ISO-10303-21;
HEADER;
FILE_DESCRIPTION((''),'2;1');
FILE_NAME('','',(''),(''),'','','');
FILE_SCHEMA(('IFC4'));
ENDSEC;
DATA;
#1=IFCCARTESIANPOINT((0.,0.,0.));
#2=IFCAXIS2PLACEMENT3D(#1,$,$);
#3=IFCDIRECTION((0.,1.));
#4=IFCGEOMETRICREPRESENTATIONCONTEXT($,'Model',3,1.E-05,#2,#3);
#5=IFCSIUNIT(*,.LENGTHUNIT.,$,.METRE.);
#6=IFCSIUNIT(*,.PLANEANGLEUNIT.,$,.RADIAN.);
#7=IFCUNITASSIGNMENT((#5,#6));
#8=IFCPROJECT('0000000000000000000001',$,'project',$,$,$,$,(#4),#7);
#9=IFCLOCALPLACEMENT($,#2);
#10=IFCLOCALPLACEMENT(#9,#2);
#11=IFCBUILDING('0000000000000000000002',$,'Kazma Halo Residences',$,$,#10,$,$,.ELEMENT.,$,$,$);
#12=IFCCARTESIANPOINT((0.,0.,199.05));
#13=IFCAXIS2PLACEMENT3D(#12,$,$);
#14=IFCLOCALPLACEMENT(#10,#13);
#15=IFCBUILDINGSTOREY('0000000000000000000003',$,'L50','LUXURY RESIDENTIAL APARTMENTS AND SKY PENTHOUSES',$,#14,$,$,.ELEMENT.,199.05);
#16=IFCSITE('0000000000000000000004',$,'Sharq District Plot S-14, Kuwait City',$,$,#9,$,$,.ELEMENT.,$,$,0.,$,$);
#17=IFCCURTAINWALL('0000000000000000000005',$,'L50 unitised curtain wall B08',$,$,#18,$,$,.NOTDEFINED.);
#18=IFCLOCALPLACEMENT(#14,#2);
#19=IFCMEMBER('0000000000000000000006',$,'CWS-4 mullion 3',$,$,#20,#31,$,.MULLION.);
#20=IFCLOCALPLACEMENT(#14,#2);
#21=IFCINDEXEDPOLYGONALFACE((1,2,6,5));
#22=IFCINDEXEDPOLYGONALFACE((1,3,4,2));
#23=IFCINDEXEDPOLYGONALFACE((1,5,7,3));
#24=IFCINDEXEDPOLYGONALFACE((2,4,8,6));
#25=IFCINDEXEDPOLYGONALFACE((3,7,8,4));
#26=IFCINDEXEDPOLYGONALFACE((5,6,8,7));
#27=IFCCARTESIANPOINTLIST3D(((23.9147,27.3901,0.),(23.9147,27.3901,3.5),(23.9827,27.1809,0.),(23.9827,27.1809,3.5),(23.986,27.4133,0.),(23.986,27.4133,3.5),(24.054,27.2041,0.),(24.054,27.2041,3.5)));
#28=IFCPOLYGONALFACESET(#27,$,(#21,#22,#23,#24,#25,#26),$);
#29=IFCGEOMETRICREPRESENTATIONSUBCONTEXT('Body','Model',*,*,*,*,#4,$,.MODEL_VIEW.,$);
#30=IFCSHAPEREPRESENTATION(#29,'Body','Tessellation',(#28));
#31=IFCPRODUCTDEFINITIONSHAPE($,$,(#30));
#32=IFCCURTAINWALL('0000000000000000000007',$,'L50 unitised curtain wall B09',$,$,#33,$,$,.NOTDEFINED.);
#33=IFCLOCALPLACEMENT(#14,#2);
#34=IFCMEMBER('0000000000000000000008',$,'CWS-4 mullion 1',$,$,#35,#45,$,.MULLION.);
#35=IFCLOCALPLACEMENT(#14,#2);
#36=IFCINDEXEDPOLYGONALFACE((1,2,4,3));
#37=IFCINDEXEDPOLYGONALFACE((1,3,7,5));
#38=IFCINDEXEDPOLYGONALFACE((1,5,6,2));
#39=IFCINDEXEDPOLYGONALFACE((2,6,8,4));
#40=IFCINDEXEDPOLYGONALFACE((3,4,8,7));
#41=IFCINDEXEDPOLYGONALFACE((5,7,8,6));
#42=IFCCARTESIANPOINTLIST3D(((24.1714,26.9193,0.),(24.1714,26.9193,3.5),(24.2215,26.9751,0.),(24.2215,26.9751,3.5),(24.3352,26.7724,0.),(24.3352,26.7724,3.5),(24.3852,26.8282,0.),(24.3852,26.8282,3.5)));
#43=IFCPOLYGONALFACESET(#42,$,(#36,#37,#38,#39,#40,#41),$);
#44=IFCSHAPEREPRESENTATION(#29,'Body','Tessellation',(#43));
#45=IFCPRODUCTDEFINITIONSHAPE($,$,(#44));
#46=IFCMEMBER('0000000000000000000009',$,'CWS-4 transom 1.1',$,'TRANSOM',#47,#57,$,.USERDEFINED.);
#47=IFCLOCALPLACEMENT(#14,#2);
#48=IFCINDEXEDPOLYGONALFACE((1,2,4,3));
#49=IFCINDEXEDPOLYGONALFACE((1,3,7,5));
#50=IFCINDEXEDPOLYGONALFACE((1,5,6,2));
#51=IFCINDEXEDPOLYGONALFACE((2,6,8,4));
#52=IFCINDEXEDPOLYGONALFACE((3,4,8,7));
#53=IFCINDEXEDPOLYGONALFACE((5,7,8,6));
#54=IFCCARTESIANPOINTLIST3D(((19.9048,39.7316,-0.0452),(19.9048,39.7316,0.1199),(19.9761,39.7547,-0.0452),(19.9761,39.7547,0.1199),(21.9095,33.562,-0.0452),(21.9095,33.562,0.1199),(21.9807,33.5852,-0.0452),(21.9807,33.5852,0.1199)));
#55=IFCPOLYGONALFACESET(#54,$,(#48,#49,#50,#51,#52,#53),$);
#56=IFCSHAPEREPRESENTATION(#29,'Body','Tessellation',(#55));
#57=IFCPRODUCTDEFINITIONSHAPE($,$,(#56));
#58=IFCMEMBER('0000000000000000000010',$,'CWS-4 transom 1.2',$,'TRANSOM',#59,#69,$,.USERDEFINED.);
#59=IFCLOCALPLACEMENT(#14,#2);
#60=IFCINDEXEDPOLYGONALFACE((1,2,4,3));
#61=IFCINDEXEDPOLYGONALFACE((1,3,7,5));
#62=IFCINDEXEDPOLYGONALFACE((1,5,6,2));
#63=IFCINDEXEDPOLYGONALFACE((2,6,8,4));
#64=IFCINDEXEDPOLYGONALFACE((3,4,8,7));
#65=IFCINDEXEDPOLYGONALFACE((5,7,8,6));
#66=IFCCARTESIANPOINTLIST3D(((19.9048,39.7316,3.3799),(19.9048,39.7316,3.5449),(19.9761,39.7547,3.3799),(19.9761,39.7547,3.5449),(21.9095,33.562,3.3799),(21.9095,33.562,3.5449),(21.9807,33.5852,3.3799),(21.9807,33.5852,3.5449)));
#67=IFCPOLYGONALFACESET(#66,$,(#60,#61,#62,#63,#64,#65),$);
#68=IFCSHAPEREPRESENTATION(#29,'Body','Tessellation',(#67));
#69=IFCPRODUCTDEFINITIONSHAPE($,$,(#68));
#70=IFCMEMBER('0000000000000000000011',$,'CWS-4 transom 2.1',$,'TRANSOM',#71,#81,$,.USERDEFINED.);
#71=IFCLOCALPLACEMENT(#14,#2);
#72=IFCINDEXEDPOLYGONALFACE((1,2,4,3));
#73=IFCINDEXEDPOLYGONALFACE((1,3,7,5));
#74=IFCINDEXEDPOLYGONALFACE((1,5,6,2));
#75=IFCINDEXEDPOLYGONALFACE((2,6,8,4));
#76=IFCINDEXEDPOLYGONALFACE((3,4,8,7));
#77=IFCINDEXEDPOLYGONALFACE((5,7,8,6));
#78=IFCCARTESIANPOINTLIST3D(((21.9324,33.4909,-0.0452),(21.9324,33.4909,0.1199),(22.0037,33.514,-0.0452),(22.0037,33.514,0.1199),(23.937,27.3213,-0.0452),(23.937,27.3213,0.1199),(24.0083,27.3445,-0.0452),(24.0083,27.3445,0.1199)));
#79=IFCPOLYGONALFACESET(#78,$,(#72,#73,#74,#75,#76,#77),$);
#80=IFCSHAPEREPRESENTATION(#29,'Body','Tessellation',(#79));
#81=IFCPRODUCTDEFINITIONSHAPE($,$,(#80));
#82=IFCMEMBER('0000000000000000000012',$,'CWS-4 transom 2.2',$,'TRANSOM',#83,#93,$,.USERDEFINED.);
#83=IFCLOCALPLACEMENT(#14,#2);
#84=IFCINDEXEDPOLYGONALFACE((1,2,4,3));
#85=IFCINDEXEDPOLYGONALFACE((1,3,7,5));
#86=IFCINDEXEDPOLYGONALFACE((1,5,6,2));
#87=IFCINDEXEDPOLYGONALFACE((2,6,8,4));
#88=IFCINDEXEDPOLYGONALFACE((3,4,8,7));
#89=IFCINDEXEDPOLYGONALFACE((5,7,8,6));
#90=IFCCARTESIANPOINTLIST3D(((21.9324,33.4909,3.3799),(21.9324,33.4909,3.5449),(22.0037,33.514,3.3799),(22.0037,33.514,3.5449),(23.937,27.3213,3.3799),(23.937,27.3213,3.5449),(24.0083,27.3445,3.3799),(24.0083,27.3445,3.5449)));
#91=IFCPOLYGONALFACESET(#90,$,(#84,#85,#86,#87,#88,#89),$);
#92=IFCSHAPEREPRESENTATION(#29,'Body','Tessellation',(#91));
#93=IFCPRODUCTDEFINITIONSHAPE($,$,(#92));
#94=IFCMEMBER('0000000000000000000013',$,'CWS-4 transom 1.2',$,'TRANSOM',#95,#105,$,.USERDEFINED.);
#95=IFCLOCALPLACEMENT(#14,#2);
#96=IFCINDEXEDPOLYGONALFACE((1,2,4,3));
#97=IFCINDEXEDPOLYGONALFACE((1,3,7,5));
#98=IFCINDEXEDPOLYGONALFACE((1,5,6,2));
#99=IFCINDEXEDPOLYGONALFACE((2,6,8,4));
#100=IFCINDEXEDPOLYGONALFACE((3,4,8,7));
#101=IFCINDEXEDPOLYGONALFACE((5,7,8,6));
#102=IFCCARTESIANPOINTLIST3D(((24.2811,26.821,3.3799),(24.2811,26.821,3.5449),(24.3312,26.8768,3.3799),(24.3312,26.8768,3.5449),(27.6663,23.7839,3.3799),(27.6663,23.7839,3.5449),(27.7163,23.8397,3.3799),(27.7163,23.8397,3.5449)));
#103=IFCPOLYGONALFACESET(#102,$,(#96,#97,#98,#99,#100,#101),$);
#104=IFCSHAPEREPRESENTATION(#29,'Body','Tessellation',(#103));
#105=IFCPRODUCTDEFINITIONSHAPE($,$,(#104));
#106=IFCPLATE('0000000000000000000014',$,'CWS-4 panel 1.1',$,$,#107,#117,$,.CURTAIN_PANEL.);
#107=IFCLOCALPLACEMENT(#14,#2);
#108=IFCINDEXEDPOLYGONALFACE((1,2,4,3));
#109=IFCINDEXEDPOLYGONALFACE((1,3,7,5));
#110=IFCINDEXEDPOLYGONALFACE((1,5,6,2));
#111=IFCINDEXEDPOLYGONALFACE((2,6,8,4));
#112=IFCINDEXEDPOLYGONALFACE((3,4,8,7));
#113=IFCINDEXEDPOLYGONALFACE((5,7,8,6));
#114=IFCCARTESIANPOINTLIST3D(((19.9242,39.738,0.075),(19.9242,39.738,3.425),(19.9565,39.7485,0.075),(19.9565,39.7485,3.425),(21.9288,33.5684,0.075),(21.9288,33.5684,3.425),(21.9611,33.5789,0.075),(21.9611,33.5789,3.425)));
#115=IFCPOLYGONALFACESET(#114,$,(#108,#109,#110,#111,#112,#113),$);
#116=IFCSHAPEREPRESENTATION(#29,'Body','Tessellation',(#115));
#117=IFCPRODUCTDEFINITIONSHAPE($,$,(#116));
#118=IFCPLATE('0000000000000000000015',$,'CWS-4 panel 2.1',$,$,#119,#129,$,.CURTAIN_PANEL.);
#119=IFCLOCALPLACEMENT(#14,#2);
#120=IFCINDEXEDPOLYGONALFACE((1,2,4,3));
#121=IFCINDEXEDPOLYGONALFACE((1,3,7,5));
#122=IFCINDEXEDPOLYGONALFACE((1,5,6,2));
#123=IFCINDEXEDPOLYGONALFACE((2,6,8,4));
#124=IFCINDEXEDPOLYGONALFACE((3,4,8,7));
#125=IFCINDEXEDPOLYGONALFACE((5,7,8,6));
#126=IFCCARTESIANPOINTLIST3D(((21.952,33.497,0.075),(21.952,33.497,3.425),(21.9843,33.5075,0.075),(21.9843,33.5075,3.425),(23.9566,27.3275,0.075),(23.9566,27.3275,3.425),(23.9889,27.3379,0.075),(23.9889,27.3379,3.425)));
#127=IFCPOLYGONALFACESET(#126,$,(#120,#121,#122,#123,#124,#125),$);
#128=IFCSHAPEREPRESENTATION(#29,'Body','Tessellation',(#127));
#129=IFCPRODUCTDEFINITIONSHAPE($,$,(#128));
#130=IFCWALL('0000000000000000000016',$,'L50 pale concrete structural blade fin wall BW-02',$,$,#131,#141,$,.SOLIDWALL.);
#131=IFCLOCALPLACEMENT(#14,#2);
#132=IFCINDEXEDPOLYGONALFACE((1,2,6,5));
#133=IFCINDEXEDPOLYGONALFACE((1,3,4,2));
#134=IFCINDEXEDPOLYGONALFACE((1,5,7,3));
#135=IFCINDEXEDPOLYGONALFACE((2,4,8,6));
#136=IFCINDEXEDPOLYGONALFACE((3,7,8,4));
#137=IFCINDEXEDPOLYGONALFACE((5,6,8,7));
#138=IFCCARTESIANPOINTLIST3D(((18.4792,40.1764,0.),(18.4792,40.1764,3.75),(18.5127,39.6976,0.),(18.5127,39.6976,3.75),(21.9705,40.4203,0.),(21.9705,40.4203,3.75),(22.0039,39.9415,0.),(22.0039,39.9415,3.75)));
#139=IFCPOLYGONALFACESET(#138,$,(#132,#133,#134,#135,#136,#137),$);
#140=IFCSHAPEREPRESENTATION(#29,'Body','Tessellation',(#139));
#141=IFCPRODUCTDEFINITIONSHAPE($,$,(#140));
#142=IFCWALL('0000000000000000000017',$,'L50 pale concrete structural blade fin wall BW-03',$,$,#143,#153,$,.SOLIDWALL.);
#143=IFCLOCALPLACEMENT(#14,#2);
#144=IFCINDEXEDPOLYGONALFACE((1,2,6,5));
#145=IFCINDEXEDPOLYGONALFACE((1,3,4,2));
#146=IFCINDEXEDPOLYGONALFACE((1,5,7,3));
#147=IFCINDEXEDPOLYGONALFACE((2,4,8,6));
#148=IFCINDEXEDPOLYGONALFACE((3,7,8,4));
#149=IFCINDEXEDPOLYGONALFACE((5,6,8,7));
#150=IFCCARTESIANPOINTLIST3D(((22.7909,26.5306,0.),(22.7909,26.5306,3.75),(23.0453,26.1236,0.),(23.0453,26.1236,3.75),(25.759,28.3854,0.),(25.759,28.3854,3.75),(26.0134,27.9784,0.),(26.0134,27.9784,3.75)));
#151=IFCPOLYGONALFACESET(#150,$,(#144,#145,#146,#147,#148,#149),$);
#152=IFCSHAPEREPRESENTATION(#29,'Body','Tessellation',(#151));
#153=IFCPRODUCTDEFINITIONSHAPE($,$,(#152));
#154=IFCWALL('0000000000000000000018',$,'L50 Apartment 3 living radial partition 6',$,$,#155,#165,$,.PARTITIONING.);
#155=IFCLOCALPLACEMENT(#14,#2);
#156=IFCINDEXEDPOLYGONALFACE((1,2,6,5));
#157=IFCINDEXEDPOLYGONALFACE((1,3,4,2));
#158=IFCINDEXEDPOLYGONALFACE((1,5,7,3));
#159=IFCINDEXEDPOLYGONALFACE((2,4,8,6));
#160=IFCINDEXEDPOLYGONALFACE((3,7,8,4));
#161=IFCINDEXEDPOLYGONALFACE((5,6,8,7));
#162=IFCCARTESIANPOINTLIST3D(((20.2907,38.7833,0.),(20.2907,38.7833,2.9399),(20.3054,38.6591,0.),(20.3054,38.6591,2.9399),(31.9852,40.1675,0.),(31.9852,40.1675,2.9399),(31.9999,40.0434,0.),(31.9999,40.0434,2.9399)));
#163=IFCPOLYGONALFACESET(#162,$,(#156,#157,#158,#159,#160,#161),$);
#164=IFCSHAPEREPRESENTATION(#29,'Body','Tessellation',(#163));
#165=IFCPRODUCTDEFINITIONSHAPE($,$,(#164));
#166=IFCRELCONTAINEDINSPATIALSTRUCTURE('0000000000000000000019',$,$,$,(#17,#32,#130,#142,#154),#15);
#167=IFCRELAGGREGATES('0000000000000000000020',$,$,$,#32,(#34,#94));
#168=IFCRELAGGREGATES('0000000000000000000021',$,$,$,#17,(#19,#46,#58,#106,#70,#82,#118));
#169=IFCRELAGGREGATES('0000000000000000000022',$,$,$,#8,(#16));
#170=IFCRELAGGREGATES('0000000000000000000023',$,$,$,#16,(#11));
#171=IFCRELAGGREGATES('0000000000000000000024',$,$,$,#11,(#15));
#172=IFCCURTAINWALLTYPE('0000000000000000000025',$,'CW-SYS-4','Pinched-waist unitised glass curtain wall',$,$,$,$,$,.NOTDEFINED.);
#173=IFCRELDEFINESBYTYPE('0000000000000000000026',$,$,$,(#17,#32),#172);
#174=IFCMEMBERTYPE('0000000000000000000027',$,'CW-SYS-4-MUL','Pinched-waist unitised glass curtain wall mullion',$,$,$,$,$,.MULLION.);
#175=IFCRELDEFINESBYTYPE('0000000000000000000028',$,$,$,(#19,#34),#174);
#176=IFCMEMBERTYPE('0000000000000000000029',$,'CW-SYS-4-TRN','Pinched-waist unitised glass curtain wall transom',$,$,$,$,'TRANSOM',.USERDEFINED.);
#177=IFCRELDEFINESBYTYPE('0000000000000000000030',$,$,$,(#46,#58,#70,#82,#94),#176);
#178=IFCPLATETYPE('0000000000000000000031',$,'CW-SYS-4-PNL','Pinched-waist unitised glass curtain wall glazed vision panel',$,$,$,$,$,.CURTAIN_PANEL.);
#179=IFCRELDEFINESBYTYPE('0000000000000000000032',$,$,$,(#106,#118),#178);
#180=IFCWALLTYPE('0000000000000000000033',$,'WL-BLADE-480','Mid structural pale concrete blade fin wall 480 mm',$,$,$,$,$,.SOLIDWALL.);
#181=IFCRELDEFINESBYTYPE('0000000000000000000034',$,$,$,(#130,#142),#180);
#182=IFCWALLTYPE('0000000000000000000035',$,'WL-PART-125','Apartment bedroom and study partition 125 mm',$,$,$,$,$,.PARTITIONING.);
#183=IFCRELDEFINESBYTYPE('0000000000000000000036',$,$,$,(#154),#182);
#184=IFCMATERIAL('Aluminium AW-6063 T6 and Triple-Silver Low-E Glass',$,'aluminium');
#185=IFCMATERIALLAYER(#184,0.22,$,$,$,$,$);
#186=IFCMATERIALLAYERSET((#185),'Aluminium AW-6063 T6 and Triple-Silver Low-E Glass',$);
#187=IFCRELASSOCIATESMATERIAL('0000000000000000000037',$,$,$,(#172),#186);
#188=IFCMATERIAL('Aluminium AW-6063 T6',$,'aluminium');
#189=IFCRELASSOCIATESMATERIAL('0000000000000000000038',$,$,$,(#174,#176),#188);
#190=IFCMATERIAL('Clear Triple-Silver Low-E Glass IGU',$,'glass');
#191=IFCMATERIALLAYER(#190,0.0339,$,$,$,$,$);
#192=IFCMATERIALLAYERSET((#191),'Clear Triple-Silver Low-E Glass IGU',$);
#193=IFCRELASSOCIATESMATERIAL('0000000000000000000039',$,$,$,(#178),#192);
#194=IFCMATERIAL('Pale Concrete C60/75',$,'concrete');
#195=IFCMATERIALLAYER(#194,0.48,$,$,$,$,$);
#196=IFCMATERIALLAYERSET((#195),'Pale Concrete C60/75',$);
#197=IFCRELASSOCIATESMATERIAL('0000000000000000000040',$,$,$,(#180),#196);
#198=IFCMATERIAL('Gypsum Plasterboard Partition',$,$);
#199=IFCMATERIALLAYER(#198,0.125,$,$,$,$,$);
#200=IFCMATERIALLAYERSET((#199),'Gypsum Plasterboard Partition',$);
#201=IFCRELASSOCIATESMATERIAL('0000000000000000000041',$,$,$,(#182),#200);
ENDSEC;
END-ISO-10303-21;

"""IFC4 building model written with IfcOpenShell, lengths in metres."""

from ifc_helpers import new_model, si_unit, direction, frame, frame_2d, origin, origin_2d, place, context, subcontext, project, spatial, rectangle, extrude, material, layer, layer_set, material_profile, profile_set, type_object, element, aggregate, save


model = new_model("IFC4")

# Units and contexts
model_context = context("Model", 3, precision=1e-05, world=origin(), true_north=direction((0.0, 1.0)))
body_context = subcontext(model_context, "Body", "Model", "MODEL_VIEW")
ifc_project = project(units=[si_unit("LENGTHUNIT", "METRE"), si_unit("PLANEANGLEUNIT", "RADIAN")], contexts=[model_context])

# Site, building, storey
site_placement = place(None, origin())
site = spatial("IfcSite", under=ifc_project, at=site_placement, Name="Sharq District Plot S-14, Kuwait City", CompositionType="ELEMENT", RefElevation=0.0)
building_placement = place(site_placement, origin())
building = spatial("IfcBuilding", under=site, at=building_placement, Name="Kazma Halo Residences", CompositionType="ELEMENT")
storey_placement = place(building_placement, frame((0.0, 0.0, 199.05)))
storey = spatial("IfcBuildingStorey", under=building, at=storey_placement, Name="L50", Description="LUXURY RESIDENTIAL APARTMENTS AND SKY PENTHOUSES", CompositionType="ELEMENT", Elevation=199.05)

# Shared definitions
ifc_material_1 = material(Name="Aluminium AW-6063 T6 and Triple-Silver Low-E Glass", Category="aluminium")
ifc_layer_1 = layer(ifc_material_1, 0.22)
ifc_layer_set_1 = layer_set([ifc_layer_1], Name="Aluminium AW-6063 T6 and Triple-Silver Low-E Glass")
curtain_wall_type = type_object("IfcCurtainWallType", Name="CW-SYS-4", Description="Pinched-waist unitised glass curtain wall", PredefinedType="NOTDEFINED", material=ifc_layer_set_1)
ifc_material_2 = material(Name="Aluminium AW-6063 T6", Category="aluminium")
ifc_material_profile_1 = material_profile(ifc_material_2, rectangle(XDim=0.075, YDim=0.22, at=origin_2d()), Name="CWM-75x220")
ifc_profile_set_1 = profile_set([ifc_material_profile_1], Name="Aluminium AW-6063 T6")
member_type_1 = type_object("IfcMemberType", Name="CW-SYS-4-MUL", Description="Pinched-waist unitised glass curtain wall mullion", PredefinedType="MULLION", material=ifc_profile_set_1)

# Curtain wall, member
curtain_wall_1_placement = place(storey_placement, origin())
curtain_wall_1 = element("IfcCurtainWall", 1, at=curtain_wall_1_placement, inside=storey, type_object=curtain_wall_type, Name="L50 unitised curtain wall B08", PredefinedType="NOTDEFINED")
member_1_placement = place(storey_placement, frame((23.9844, 27.2971, 0.0), z_axis=(0.0, 0.0, 1.0), x_axis=(0.951057, 0.309016, 0.0)))
member_1 = element("IfcMember", 2, at=member_1_placement, type_object=member_type_1, Name="CWS-4 mullion 3", PredefinedType="MULLION", context=body_context, shape_type="SweptSolid", body=[
    extrude(rectangle(XDim=0.075, YDim=0.22, at=origin_2d()), origin(), (0.0, 0.0, 1.0), 3.5),
])

# Curtain wall, member
curtain_wall_2_placement = place(storey_placement, origin())
curtain_wall_2 = element("IfcCurtainWall", 3, at=curtain_wall_2_placement, inside=storey, type_object=curtain_wall_type, Name="L50 unitised curtain wall B09", PredefinedType="NOTDEFINED")
member_2_placement = place(storey_placement, frame((24.2783, 26.8738, 0.0), z_axis=(0.0, 0.0, 1.0), x_axis=(0.667784, 0.744355, 0.0)))
member_2 = element("IfcMember", 4, at=member_2_placement, type_object=member_type_1, Name="CWS-4 mullion 1", PredefinedType="MULLION", context=body_context, shape_type="SweptSolid", body=[
    extrude(rectangle(XDim=0.075, YDim=0.22, at=origin_2d()), origin(), (0.0, 0.0, 1.0), 3.5),
])

# Members
ifc_material_profile_2 = material_profile(ifc_material_2, rectangle(XDim=0.075, YDim=0.165, at=origin_2d()), Name="CWT-75x165")
ifc_profile_set_2 = profile_set([ifc_material_profile_2], Name="Aluminium AW-6063 T6")
member_type_2 = type_object("IfcMemberType", Name="CW-SYS-4-TRN", Description="Pinched-waist unitised glass curtain wall transom", ElementType="TRANSOM", PredefinedType="USERDEFINED", material=ifc_profile_set_2)
member_3_placement = place(storey_placement, frame((19.9404, 39.7432, 0.0374), z_axis=(0.309027, -0.951053, 0.0), x_axis=(0.951053, 0.309027, 0.0)))
member_3 = element("IfcMember", 5, at=member_3_placement, type_object=member_type_2, Name="CWS-4 transom 1.1", ObjectType="TRANSOM", PredefinedType="USERDEFINED", context=body_context, shape_type="SweptSolid", body=[
    extrude(rectangle(XDim=0.075, YDim=0.165, at=origin_2d()), origin(), (0.0, 0.0, 1.0), 6.4871),
])
member_4_placement = place(storey_placement, frame((19.9404, 39.7432, 3.4624), z_axis=(0.309027, -0.951053, 0.0), x_axis=(0.951053, 0.309027, 0.0)))
member_4 = element("IfcMember", 6, at=member_4_placement, type_object=member_type_2, Name="CWS-4 transom 1.2", ObjectType="TRANSOM", PredefinedType="USERDEFINED", context=body_context, shape_type="SweptSolid", body=[
    extrude(rectangle(XDim=0.075, YDim=0.165, at=origin_2d()), origin(), (0.0, 0.0, 1.0), 6.4871),
])
member_5_placement = place(storey_placement, frame((21.968, 33.5024, 0.0374), z_axis=(0.309015, -0.951057, 0.0), x_axis=(0.951057, 0.309015, 0.0)))
member_5 = element("IfcMember", 7, at=member_5_placement, type_object=member_type_2, Name="CWS-4 transom 2.1", ObjectType="TRANSOM", PredefinedType="USERDEFINED", context=body_context, shape_type="SweptSolid", body=[
    extrude(rectangle(XDim=0.075, YDim=0.165, at=origin_2d()), origin(), (0.0, 0.0, 1.0), 6.4871),
])
member_6_placement = place(storey_placement, frame((21.968, 33.5024, 3.4624), z_axis=(0.309015, -0.951057, 0.0), x_axis=(0.951057, 0.309015, 0.0)))
member_6 = element("IfcMember", 8, at=member_6_placement, type_object=member_type_2, Name="CWS-4 transom 2.2", ObjectType="TRANSOM", PredefinedType="USERDEFINED", context=body_context, shape_type="SweptSolid", body=[
    extrude(rectangle(XDim=0.075, YDim=0.165, at=origin_2d()), origin(), (0.0, 0.0, 1.0), 6.4871),
])
member_7_placement = place(storey_placement, frame((24.3062, 26.8489, 3.4624), z_axis=(0.744345, -0.667795, 0.0), x_axis=(0.667795, 0.744345, 0.0)))
member_7 = element("IfcMember", 9, at=member_7_placement, type_object=member_type_2, Name="CWS-4 transom 1.2", ObjectType="TRANSOM", PredefinedType="USERDEFINED", context=body_context, shape_type="SweptSolid", body=[
    extrude(rectangle(XDim=0.075, YDim=0.165, at=origin_2d()), origin(), (0.0, 0.0, 1.0), 4.5479),
])
aggregate(curtain_wall_2, [member_2, member_7])

# Plates
ifc_material_3 = material(Name="Clear Triple-Silver Low-E Glass IGU", Category="glass")
ifc_layer_2 = layer(ifc_material_3, 0.0339)
ifc_layer_set_2 = layer_set([ifc_layer_2], Name="Clear Triple-Silver Low-E Glass IGU")
plate_type = type_object("IfcPlateType", Name="CW-SYS-4-PNL", Description="Pinched-waist unitised glass curtain wall glazed vision panel", PredefinedType="CURTAIN_PANEL", material=ifc_layer_set_2)
plate_1_placement = place(storey_placement, frame((20.9426, 36.6584, 0.075), z_axis=(0.0, 0.0, 1.0), x_axis=(0.309016, -0.951057, 0.0)))
plate_1 = element("IfcPlate", 10, at=plate_1_placement, type_object=plate_type, Name="CWS-4 panel 1.1", PredefinedType="CURTAIN_PANEL", context=body_context, shape_type="SweptSolid", body=[
    extrude(rectangle(XDim=6.4871, YDim=0.0339, at=origin_2d()), origin(), (0.0, 0.0, 1.0), 3.3501),
])
plate_2_placement = place(storey_placement, frame((22.9705, 30.4175, 0.075), z_axis=(0.0, 0.0, 1.0), x_axis=(0.309016, -0.951057, 0.0)))
plate_2 = element("IfcPlate", 11, at=plate_2_placement, type_object=plate_type, Name="CWS-4 panel 2.1", PredefinedType="CURTAIN_PANEL", context=body_context, shape_type="SweptSolid", body=[
    extrude(rectangle(XDim=6.4871, YDim=0.0339, at=origin_2d()), origin(), (0.0, 0.0, 1.0), 3.3501),
])
aggregate(curtain_wall_1, [member_1, member_3, member_4, plate_1, member_5, member_6, plate_2])

# Walls
ifc_material_4 = material(Name="Pale Concrete C60/75", Category="concrete")
ifc_layer_3 = layer(ifc_material_4, 0.48)
ifc_layer_set_3 = layer_set([ifc_layer_3], Name="Pale Concrete C60/75")
wall_type_1 = type_object("IfcWallType", Name="WL-BLADE-480", Description="Mid structural pale concrete blade fin wall 480 mm", PredefinedType="SOLIDWALL", material=ifc_layer_set_3)
wall_1_placement = place(storey_placement, frame((21.9873, 40.1809, 0.0), z_axis=(0.0, 0.0, 1.0), x_axis=(-0.997569, -0.06969, 0.0)))
element("IfcWall", 12, at=wall_1_placement, inside=storey, type_object=wall_type_1, Name="L50 pale concrete structural blade fin wall BW-02", PredefinedType="SOLIDWALL", context=body_context, shape_type="SweptSolid", body=[
    extrude(rectangle(XDim=3.4998, YDim=0.48, at=frame_2d((1.75, 0.0))), origin(), (0.0, 0.0, 1.0), 3.75),
])
wall_2_placement = place(storey_placement, frame((25.8862, 28.1819, 0.0), z_axis=(0.0, 0.0, 1.0), x_axis=(-0.848034, -0.529943, 0.0)))
element("IfcWall", 13, at=wall_2_placement, inside=storey, type_object=wall_type_1, Name="L50 pale concrete structural blade fin wall BW-03", PredefinedType="SOLIDWALL", context=body_context, shape_type="SweptSolid", body=[
    extrude(rectangle(XDim=3.5, YDim=0.48, at=frame_2d((1.75, 0.0))), origin(), (0.0, 0.0, 1.0), 3.75),
])
ifc_material_5 = material(Name="Gypsum Plasterboard Partition")
ifc_layer_4 = layer(ifc_material_5, 0.125)
ifc_layer_set_4 = layer_set([ifc_layer_4], Name="Gypsum Plasterboard Partition")
wall_type_2 = type_object("IfcWallType", Name="WL-PART-125", Description="Apartment bedroom and study partition 125 mm", PredefinedType="PARTITIONING", material=ifc_layer_set_4)
wall_3_placement = place(storey_placement, frame((31.9927, 40.1055, 0.0), z_axis=(0.0, 0.0, 1.0), x_axis=(-0.993067, -0.117549, 0.0)))
element("IfcWall", 14, at=wall_3_placement, inside=storey, type_object=wall_type_2, Name="L50 Apartment 3 living radial partition 6", PredefinedType="PARTITIONING", context=body_context, shape_type="SweptSolid", body=[
    extrude(rectangle(XDim=11.7761, YDim=0.125, at=frame_2d((5.8882, 0.0))), origin(), (0.0, 0.0, 1.0), 2.9399),
])

save(model, "model.ifc")
